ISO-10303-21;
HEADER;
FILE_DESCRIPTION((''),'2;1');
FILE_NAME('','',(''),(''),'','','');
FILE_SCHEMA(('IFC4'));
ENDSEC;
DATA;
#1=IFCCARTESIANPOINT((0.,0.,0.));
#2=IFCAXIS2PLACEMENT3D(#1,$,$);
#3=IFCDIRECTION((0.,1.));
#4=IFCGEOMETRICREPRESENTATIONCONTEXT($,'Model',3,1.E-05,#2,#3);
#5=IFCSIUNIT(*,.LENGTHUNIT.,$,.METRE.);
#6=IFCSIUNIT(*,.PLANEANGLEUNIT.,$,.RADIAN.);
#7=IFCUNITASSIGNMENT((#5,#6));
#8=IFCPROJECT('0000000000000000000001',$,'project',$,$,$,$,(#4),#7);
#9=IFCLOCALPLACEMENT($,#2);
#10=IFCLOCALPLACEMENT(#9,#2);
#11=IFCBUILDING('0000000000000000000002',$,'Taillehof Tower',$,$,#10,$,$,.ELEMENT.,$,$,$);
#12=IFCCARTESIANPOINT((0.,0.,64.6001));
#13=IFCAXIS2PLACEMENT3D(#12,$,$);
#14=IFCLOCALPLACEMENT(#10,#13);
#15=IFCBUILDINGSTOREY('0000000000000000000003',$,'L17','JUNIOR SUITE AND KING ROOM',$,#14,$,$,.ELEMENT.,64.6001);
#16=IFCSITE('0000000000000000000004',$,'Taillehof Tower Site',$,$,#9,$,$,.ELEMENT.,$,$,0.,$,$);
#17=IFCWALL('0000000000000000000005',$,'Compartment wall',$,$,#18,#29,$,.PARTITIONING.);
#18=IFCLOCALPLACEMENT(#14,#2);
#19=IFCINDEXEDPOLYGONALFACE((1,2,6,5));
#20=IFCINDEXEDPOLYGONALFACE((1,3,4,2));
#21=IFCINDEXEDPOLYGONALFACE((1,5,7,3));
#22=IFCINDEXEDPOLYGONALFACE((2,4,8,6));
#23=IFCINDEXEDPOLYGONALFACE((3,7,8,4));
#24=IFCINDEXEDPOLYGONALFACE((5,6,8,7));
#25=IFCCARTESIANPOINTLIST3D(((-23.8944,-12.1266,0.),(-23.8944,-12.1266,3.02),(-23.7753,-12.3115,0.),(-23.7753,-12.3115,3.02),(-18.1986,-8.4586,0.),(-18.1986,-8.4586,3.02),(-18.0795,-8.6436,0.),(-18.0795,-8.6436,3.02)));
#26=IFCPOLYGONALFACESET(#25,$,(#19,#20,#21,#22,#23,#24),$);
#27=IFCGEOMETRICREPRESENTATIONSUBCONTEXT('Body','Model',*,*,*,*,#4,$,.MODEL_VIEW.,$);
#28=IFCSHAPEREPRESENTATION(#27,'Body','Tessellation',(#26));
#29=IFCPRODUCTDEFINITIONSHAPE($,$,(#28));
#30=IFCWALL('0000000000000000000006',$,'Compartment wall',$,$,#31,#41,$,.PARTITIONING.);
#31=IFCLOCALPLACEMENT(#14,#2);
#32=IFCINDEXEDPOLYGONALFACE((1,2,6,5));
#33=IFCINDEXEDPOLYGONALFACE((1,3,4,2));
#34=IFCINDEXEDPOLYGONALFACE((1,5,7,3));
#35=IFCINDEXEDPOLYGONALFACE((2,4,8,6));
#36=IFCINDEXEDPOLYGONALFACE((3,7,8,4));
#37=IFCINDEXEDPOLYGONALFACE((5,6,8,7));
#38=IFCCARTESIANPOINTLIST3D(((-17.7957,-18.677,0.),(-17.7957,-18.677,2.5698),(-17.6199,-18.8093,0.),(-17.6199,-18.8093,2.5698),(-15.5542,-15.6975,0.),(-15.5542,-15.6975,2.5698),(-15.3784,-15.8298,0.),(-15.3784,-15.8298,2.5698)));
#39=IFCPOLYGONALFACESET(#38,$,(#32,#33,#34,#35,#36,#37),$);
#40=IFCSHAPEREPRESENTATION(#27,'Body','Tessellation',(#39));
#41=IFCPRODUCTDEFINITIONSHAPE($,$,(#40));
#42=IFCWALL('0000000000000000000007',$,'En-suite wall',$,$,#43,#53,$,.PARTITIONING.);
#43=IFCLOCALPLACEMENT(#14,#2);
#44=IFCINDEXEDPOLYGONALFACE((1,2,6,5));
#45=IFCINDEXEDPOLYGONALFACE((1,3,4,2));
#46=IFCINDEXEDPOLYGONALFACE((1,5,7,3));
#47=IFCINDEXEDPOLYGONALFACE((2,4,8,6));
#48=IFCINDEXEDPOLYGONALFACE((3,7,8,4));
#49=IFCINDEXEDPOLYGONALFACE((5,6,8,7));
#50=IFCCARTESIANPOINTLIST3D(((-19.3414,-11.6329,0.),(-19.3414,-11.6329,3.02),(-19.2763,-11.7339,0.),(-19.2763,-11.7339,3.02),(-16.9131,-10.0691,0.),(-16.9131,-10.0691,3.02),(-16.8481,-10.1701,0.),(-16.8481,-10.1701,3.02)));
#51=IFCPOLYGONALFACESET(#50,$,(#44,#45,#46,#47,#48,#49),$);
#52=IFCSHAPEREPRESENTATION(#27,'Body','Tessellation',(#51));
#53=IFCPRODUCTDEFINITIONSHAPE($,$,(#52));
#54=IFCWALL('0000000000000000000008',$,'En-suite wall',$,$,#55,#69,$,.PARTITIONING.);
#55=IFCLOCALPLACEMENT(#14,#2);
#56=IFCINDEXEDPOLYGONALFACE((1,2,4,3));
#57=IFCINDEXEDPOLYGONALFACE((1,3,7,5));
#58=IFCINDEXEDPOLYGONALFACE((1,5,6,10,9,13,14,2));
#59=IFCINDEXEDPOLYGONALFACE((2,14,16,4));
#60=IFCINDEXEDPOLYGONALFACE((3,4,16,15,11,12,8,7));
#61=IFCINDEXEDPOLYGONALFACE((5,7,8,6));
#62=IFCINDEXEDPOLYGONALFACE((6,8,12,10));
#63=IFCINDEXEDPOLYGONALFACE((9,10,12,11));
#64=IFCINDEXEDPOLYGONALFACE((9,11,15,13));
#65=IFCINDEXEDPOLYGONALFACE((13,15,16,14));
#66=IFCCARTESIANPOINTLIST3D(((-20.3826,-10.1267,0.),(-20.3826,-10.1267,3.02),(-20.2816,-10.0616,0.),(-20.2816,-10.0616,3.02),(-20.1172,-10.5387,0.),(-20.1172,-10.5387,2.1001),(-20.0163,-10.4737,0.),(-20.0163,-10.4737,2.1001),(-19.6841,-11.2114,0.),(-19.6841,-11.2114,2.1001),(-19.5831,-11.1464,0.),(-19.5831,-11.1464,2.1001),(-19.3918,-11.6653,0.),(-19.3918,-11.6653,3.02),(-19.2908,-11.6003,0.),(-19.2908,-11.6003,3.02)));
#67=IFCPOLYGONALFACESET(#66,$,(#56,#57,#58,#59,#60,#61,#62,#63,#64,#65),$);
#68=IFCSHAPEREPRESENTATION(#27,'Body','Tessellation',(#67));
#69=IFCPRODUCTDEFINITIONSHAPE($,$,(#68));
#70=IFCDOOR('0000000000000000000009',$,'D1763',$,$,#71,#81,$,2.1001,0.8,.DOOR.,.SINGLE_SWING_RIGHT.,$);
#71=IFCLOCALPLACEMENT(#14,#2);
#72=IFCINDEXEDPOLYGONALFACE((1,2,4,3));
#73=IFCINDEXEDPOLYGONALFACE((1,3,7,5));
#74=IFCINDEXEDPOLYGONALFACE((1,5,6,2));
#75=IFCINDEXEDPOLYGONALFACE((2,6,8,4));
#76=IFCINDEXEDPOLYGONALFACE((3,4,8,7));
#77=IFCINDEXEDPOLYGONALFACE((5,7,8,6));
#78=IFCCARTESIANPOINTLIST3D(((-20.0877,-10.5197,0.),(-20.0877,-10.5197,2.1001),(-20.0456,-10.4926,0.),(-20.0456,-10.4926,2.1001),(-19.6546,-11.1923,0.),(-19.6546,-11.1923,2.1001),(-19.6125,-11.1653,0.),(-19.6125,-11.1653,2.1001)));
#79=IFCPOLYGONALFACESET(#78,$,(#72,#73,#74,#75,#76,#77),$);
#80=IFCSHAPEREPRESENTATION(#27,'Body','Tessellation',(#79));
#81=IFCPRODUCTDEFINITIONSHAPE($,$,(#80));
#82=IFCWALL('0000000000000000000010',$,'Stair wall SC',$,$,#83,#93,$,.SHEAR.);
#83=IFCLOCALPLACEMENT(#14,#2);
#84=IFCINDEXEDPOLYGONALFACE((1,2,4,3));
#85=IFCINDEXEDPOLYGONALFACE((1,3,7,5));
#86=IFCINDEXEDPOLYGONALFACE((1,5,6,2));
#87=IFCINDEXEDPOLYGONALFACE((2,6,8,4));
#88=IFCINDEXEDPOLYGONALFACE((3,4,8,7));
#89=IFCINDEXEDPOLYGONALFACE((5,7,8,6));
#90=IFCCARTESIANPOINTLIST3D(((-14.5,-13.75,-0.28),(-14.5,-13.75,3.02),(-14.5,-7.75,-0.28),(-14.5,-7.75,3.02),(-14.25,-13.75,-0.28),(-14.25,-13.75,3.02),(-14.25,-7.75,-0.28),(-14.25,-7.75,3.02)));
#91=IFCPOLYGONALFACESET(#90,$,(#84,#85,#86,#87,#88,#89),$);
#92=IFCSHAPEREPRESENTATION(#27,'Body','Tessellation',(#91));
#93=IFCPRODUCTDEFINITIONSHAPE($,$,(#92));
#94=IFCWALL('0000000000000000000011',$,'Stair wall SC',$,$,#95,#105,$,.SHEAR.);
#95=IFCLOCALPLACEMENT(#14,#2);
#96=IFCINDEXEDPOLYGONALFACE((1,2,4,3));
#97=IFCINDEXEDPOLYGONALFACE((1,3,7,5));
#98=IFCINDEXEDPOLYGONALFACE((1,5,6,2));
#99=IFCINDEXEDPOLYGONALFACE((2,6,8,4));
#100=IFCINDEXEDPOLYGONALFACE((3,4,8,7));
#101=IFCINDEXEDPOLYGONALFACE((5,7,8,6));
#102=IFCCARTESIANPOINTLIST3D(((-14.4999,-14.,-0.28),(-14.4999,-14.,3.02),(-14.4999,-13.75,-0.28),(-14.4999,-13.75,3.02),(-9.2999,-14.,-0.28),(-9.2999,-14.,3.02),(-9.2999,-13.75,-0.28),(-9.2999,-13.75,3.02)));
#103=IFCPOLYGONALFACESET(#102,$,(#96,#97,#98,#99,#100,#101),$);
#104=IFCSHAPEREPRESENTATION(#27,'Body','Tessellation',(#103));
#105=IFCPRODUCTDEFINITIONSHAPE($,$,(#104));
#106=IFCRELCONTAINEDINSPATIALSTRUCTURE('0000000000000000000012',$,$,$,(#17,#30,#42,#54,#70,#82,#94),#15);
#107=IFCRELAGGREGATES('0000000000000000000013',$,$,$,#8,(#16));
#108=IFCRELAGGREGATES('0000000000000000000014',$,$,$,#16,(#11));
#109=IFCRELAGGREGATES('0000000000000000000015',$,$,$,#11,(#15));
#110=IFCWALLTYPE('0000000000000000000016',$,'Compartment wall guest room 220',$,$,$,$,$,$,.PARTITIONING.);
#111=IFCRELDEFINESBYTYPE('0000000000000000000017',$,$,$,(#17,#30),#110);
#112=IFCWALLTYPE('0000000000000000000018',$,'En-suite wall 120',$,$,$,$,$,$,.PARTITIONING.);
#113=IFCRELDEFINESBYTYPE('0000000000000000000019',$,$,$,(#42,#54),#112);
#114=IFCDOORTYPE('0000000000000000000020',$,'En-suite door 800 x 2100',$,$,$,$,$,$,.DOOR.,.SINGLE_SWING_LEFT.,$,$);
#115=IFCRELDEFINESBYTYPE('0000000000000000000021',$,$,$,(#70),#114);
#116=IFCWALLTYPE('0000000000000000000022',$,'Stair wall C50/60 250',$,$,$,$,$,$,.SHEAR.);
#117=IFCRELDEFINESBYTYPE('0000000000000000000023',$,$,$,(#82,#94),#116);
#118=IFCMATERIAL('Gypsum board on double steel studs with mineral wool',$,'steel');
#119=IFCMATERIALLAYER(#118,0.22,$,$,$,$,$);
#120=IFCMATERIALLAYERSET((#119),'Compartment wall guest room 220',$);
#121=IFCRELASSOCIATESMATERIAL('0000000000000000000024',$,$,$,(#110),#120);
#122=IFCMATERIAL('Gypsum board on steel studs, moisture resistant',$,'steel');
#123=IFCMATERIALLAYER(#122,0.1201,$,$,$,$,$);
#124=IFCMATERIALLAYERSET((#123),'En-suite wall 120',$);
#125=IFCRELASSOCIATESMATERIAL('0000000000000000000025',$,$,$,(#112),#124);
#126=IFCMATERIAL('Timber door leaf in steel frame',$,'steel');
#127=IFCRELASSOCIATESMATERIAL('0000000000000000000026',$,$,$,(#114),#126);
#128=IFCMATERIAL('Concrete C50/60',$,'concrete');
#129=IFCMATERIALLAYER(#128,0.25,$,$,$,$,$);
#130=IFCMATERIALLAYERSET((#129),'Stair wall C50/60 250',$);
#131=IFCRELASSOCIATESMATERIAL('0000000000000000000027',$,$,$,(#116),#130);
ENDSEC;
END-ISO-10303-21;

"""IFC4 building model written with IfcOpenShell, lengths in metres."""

from ifc_helpers import new_model, si_unit, direction, frame, frame_2d, origin, place, context, subcontext, project, spatial, rectangle, extrude, material, layer, layer_set, type_object, element, fill, save


model = new_model("IFC4")

# Units and contexts
model_context = context("Model", 3, precision=1e-05, world=origin(), true_north=direction((0.0, 1.0)))
body_context = subcontext(model_context, "Body", "Model", "MODEL_VIEW")
ifc_project = project(units=[si_unit("LENGTHUNIT", "METRE"), si_unit("PLANEANGLEUNIT", "RADIAN")], contexts=[model_context])

# Site, building, storey
site_placement = place(None, origin())
site = spatial("IfcSite", under=ifc_project, at=site_placement, Name="Taillehof Tower Site", CompositionType="ELEMENT", RefElevation=0.0)
building_placement = place(site_placement, origin())
building = spatial("IfcBuilding", under=site, at=building_placement, Name="Taillehof Tower", CompositionType="ELEMENT")
storey_placement = place(building_placement, frame((0.0, 0.0, 64.6001)))
storey = spatial("IfcBuildingStorey", under=building, at=storey_placement, Name="L17", Description="JUNIOR SUITE AND KING ROOM", CompositionType="ELEMENT", Elevation=64.6001)

# Walls
ifc_material_1 = material(Name="Gypsum board on double steel studs with mineral wool", Category="steel")
ifc_layer_1 = layer(ifc_material_1, 0.22)
ifc_layer_set_1 = layer_set([ifc_layer_1], Name="Compartment wall guest room 220")
wall_type_1 = type_object("IfcWallType", Name="Compartment wall guest room 220", PredefinedType="PARTITIONING", material=ifc_layer_set_1)
wall_1_placement = place(storey_placement, frame((-23.8347, -12.219, 0.0), z_axis=(0.0, 0.0, 1.0), x_axis=(0.84075, 0.541424, 0.0)))
element("IfcWall", 1, at=wall_1_placement, inside=storey, type_object=wall_type_1, Name="Compartment wall", PredefinedType="PARTITIONING", context=body_context, shape_type="SweptSolid", body=[
    extrude(rectangle(XDim=6.7747, YDim=0.22, at=frame_2d((3.3872, 0.0))), origin(), (0.0, 0.0, 1.0), 3.02),
])
wall_2_placement = place(storey_placement, frame((-17.7078, -18.7432, 0.0), z_axis=(0.0, 0.0, 1.0), x_axis=(0.601173, 0.799119, 0.0)))
element("IfcWall", 2, at=wall_2_placement, inside=storey, type_object=wall_type_1, Name="Compartment wall", PredefinedType="PARTITIONING", context=body_context, shape_type="SweptSolid", body=[
    extrude(rectangle(XDim=3.7285, YDim=0.22, at=frame_2d((1.8643, 0.0))), origin(), (0.0, 0.0, 1.0), 2.5698),
])
ifc_material_2 = material(Name="Gypsum board on steel studs, moisture resistant", Category="steel")
ifc_layer_2 = layer(ifc_material_2, 0.1201)
ifc_layer_set_2 = layer_set([ifc_layer_2], Name="En-suite wall 120")
wall_type_2 = type_object("IfcWallType", Name="En-suite wall 120", PredefinedType="PARTITIONING", material=ifc_layer_set_2)
wall_3_placement = place(storey_placement, frame((-16.8806, -10.1196, 0.0), z_axis=(0.0, 0.0, 1.0), x_axis=(-0.84075, -0.541424, 0.0)))
element("IfcWall", 3, at=wall_3_placement, inside=storey, type_object=wall_type_2, Name="En-suite wall", PredefinedType="PARTITIONING", context=body_context, shape_type="SweptSolid", body=[
    extrude(rectangle(XDim=2.8882, YDim=0.1201, at=frame_2d((1.4441, 0.0))), origin(), (0.0, 0.0, 1.0), 3.02),
])

# Wall, opening, door
wall_4_placement = place(storey_placement, frame((-19.3413, -11.6328, 0.0), z_axis=(0.0, 0.0, 1.0), x_axis=(-0.541391, 0.840771, 0.0)))
wall_4 = element("IfcWall", 4, at=wall_4_placement, inside=storey, type_object=wall_type_2, Name="En-suite wall", PredefinedType="PARTITIONING", context=body_context, shape_type="SweptSolid", body=[
    extrude(rectangle(XDim=1.8301, YDim=0.1201, at=frame_2d((0.915, 0.0))), origin(), (0.0, 0.0, 1.0), 3.02),
])
opening_1_placement = place(wall_4_placement, frame((0.54, 0.0, 0.0)))
opening_1 = element("IfcOpeningElement", 5, at=opening_1_placement, cuts=wall_4, PredefinedType="OPENING", context=body_context, shape_type="SweptSolid", body=[
    extrude(rectangle(XDim=0.8, YDim=2.1001, at=frame_2d((0.3999, 1.05))), frame((0.0, 0.0701, 0.0), z_axis=(0.0, -1.0, 0.0), x_axis=(1.0, 0.0, 0.0)), (0.0, 0.0, 1.0), 0.1401),
])
ifc_material_3 = material(Name="Timber door leaf in steel frame", Category="steel")
door_type_1 = type_object("IfcDoorType", Name="En-suite door 800 x 2100", OperationType="SINGLE_SWING_LEFT", PredefinedType="DOOR", material=ifc_material_3)
door_1_placement = place(opening_1_placement, origin())
door_1 = element("IfcDoor", 6, at=door_1_placement, inside=storey, type_object=door_type_1, Name="D1763", OperationType="SINGLE_SWING_RIGHT", OverallHeight=2.1001, OverallWidth=0.8, PredefinedType="DOOR", context=body_context, shape_type="SweptSolid", body=[
    extrude(rectangle(XDim=0.8, YDim=2.1001, at=frame_2d((0.3999, 1.05))), frame((0.0, 0.0249, 0.0), z_axis=(0.0, -1.0, 0.0), x_axis=(1.0, 0.0, 0.0)), (0.0, 0.0, 1.0), 0.05),
])
fill(opening_1, door_1)

# Walls
ifc_material_4 = material(Name="Concrete C50/60", Category="concrete")
ifc_layer_3 = layer(ifc_material_4, 0.25)
ifc_layer_set_3 = layer_set([ifc_layer_3], Name="Stair wall C50/60 250")
wall_type_3 = type_object("IfcWallType", Name="Stair wall C50/60 250", PredefinedType="SHEAR", material=ifc_layer_set_3)
wall_5_placement = place(storey_placement, frame((-14.375, -13.75, -0.28), z_axis=(0.0, 0.0, 1.0), x_axis=(0.0, 1.0, 0.0)))
element("IfcWall", 7, at=wall_5_placement, inside=storey, type_object=wall_type_3, Name="Stair wall SC", PredefinedType="SHEAR", context=body_context, shape_type="SweptSolid", body=[
    extrude(rectangle(XDim=6.0, YDim=0.25, at=frame_2d((3.0, 0.0))), origin(), (0.0, 0.0, 1.0), 3.3),
])
wall_6_placement = place(storey_placement, frame((-14.5, -13.875, -0.28), z_axis=(0.0, 0.0, 1.0), x_axis=(1.0, 0.0, 0.0)))
element("IfcWall", 8, at=wall_6_placement, inside=storey, type_object=wall_type_3, Name="Stair wall SC", PredefinedType="SHEAR", context=body_context, shape_type="SweptSolid", body=[
    extrude(rectangle(XDim=5.2, YDim=0.25, at=frame_2d((2.6001, 0.0))), origin(), (0.0, 0.0, 1.0), 3.3),
])

save(model, "model.ifc")
